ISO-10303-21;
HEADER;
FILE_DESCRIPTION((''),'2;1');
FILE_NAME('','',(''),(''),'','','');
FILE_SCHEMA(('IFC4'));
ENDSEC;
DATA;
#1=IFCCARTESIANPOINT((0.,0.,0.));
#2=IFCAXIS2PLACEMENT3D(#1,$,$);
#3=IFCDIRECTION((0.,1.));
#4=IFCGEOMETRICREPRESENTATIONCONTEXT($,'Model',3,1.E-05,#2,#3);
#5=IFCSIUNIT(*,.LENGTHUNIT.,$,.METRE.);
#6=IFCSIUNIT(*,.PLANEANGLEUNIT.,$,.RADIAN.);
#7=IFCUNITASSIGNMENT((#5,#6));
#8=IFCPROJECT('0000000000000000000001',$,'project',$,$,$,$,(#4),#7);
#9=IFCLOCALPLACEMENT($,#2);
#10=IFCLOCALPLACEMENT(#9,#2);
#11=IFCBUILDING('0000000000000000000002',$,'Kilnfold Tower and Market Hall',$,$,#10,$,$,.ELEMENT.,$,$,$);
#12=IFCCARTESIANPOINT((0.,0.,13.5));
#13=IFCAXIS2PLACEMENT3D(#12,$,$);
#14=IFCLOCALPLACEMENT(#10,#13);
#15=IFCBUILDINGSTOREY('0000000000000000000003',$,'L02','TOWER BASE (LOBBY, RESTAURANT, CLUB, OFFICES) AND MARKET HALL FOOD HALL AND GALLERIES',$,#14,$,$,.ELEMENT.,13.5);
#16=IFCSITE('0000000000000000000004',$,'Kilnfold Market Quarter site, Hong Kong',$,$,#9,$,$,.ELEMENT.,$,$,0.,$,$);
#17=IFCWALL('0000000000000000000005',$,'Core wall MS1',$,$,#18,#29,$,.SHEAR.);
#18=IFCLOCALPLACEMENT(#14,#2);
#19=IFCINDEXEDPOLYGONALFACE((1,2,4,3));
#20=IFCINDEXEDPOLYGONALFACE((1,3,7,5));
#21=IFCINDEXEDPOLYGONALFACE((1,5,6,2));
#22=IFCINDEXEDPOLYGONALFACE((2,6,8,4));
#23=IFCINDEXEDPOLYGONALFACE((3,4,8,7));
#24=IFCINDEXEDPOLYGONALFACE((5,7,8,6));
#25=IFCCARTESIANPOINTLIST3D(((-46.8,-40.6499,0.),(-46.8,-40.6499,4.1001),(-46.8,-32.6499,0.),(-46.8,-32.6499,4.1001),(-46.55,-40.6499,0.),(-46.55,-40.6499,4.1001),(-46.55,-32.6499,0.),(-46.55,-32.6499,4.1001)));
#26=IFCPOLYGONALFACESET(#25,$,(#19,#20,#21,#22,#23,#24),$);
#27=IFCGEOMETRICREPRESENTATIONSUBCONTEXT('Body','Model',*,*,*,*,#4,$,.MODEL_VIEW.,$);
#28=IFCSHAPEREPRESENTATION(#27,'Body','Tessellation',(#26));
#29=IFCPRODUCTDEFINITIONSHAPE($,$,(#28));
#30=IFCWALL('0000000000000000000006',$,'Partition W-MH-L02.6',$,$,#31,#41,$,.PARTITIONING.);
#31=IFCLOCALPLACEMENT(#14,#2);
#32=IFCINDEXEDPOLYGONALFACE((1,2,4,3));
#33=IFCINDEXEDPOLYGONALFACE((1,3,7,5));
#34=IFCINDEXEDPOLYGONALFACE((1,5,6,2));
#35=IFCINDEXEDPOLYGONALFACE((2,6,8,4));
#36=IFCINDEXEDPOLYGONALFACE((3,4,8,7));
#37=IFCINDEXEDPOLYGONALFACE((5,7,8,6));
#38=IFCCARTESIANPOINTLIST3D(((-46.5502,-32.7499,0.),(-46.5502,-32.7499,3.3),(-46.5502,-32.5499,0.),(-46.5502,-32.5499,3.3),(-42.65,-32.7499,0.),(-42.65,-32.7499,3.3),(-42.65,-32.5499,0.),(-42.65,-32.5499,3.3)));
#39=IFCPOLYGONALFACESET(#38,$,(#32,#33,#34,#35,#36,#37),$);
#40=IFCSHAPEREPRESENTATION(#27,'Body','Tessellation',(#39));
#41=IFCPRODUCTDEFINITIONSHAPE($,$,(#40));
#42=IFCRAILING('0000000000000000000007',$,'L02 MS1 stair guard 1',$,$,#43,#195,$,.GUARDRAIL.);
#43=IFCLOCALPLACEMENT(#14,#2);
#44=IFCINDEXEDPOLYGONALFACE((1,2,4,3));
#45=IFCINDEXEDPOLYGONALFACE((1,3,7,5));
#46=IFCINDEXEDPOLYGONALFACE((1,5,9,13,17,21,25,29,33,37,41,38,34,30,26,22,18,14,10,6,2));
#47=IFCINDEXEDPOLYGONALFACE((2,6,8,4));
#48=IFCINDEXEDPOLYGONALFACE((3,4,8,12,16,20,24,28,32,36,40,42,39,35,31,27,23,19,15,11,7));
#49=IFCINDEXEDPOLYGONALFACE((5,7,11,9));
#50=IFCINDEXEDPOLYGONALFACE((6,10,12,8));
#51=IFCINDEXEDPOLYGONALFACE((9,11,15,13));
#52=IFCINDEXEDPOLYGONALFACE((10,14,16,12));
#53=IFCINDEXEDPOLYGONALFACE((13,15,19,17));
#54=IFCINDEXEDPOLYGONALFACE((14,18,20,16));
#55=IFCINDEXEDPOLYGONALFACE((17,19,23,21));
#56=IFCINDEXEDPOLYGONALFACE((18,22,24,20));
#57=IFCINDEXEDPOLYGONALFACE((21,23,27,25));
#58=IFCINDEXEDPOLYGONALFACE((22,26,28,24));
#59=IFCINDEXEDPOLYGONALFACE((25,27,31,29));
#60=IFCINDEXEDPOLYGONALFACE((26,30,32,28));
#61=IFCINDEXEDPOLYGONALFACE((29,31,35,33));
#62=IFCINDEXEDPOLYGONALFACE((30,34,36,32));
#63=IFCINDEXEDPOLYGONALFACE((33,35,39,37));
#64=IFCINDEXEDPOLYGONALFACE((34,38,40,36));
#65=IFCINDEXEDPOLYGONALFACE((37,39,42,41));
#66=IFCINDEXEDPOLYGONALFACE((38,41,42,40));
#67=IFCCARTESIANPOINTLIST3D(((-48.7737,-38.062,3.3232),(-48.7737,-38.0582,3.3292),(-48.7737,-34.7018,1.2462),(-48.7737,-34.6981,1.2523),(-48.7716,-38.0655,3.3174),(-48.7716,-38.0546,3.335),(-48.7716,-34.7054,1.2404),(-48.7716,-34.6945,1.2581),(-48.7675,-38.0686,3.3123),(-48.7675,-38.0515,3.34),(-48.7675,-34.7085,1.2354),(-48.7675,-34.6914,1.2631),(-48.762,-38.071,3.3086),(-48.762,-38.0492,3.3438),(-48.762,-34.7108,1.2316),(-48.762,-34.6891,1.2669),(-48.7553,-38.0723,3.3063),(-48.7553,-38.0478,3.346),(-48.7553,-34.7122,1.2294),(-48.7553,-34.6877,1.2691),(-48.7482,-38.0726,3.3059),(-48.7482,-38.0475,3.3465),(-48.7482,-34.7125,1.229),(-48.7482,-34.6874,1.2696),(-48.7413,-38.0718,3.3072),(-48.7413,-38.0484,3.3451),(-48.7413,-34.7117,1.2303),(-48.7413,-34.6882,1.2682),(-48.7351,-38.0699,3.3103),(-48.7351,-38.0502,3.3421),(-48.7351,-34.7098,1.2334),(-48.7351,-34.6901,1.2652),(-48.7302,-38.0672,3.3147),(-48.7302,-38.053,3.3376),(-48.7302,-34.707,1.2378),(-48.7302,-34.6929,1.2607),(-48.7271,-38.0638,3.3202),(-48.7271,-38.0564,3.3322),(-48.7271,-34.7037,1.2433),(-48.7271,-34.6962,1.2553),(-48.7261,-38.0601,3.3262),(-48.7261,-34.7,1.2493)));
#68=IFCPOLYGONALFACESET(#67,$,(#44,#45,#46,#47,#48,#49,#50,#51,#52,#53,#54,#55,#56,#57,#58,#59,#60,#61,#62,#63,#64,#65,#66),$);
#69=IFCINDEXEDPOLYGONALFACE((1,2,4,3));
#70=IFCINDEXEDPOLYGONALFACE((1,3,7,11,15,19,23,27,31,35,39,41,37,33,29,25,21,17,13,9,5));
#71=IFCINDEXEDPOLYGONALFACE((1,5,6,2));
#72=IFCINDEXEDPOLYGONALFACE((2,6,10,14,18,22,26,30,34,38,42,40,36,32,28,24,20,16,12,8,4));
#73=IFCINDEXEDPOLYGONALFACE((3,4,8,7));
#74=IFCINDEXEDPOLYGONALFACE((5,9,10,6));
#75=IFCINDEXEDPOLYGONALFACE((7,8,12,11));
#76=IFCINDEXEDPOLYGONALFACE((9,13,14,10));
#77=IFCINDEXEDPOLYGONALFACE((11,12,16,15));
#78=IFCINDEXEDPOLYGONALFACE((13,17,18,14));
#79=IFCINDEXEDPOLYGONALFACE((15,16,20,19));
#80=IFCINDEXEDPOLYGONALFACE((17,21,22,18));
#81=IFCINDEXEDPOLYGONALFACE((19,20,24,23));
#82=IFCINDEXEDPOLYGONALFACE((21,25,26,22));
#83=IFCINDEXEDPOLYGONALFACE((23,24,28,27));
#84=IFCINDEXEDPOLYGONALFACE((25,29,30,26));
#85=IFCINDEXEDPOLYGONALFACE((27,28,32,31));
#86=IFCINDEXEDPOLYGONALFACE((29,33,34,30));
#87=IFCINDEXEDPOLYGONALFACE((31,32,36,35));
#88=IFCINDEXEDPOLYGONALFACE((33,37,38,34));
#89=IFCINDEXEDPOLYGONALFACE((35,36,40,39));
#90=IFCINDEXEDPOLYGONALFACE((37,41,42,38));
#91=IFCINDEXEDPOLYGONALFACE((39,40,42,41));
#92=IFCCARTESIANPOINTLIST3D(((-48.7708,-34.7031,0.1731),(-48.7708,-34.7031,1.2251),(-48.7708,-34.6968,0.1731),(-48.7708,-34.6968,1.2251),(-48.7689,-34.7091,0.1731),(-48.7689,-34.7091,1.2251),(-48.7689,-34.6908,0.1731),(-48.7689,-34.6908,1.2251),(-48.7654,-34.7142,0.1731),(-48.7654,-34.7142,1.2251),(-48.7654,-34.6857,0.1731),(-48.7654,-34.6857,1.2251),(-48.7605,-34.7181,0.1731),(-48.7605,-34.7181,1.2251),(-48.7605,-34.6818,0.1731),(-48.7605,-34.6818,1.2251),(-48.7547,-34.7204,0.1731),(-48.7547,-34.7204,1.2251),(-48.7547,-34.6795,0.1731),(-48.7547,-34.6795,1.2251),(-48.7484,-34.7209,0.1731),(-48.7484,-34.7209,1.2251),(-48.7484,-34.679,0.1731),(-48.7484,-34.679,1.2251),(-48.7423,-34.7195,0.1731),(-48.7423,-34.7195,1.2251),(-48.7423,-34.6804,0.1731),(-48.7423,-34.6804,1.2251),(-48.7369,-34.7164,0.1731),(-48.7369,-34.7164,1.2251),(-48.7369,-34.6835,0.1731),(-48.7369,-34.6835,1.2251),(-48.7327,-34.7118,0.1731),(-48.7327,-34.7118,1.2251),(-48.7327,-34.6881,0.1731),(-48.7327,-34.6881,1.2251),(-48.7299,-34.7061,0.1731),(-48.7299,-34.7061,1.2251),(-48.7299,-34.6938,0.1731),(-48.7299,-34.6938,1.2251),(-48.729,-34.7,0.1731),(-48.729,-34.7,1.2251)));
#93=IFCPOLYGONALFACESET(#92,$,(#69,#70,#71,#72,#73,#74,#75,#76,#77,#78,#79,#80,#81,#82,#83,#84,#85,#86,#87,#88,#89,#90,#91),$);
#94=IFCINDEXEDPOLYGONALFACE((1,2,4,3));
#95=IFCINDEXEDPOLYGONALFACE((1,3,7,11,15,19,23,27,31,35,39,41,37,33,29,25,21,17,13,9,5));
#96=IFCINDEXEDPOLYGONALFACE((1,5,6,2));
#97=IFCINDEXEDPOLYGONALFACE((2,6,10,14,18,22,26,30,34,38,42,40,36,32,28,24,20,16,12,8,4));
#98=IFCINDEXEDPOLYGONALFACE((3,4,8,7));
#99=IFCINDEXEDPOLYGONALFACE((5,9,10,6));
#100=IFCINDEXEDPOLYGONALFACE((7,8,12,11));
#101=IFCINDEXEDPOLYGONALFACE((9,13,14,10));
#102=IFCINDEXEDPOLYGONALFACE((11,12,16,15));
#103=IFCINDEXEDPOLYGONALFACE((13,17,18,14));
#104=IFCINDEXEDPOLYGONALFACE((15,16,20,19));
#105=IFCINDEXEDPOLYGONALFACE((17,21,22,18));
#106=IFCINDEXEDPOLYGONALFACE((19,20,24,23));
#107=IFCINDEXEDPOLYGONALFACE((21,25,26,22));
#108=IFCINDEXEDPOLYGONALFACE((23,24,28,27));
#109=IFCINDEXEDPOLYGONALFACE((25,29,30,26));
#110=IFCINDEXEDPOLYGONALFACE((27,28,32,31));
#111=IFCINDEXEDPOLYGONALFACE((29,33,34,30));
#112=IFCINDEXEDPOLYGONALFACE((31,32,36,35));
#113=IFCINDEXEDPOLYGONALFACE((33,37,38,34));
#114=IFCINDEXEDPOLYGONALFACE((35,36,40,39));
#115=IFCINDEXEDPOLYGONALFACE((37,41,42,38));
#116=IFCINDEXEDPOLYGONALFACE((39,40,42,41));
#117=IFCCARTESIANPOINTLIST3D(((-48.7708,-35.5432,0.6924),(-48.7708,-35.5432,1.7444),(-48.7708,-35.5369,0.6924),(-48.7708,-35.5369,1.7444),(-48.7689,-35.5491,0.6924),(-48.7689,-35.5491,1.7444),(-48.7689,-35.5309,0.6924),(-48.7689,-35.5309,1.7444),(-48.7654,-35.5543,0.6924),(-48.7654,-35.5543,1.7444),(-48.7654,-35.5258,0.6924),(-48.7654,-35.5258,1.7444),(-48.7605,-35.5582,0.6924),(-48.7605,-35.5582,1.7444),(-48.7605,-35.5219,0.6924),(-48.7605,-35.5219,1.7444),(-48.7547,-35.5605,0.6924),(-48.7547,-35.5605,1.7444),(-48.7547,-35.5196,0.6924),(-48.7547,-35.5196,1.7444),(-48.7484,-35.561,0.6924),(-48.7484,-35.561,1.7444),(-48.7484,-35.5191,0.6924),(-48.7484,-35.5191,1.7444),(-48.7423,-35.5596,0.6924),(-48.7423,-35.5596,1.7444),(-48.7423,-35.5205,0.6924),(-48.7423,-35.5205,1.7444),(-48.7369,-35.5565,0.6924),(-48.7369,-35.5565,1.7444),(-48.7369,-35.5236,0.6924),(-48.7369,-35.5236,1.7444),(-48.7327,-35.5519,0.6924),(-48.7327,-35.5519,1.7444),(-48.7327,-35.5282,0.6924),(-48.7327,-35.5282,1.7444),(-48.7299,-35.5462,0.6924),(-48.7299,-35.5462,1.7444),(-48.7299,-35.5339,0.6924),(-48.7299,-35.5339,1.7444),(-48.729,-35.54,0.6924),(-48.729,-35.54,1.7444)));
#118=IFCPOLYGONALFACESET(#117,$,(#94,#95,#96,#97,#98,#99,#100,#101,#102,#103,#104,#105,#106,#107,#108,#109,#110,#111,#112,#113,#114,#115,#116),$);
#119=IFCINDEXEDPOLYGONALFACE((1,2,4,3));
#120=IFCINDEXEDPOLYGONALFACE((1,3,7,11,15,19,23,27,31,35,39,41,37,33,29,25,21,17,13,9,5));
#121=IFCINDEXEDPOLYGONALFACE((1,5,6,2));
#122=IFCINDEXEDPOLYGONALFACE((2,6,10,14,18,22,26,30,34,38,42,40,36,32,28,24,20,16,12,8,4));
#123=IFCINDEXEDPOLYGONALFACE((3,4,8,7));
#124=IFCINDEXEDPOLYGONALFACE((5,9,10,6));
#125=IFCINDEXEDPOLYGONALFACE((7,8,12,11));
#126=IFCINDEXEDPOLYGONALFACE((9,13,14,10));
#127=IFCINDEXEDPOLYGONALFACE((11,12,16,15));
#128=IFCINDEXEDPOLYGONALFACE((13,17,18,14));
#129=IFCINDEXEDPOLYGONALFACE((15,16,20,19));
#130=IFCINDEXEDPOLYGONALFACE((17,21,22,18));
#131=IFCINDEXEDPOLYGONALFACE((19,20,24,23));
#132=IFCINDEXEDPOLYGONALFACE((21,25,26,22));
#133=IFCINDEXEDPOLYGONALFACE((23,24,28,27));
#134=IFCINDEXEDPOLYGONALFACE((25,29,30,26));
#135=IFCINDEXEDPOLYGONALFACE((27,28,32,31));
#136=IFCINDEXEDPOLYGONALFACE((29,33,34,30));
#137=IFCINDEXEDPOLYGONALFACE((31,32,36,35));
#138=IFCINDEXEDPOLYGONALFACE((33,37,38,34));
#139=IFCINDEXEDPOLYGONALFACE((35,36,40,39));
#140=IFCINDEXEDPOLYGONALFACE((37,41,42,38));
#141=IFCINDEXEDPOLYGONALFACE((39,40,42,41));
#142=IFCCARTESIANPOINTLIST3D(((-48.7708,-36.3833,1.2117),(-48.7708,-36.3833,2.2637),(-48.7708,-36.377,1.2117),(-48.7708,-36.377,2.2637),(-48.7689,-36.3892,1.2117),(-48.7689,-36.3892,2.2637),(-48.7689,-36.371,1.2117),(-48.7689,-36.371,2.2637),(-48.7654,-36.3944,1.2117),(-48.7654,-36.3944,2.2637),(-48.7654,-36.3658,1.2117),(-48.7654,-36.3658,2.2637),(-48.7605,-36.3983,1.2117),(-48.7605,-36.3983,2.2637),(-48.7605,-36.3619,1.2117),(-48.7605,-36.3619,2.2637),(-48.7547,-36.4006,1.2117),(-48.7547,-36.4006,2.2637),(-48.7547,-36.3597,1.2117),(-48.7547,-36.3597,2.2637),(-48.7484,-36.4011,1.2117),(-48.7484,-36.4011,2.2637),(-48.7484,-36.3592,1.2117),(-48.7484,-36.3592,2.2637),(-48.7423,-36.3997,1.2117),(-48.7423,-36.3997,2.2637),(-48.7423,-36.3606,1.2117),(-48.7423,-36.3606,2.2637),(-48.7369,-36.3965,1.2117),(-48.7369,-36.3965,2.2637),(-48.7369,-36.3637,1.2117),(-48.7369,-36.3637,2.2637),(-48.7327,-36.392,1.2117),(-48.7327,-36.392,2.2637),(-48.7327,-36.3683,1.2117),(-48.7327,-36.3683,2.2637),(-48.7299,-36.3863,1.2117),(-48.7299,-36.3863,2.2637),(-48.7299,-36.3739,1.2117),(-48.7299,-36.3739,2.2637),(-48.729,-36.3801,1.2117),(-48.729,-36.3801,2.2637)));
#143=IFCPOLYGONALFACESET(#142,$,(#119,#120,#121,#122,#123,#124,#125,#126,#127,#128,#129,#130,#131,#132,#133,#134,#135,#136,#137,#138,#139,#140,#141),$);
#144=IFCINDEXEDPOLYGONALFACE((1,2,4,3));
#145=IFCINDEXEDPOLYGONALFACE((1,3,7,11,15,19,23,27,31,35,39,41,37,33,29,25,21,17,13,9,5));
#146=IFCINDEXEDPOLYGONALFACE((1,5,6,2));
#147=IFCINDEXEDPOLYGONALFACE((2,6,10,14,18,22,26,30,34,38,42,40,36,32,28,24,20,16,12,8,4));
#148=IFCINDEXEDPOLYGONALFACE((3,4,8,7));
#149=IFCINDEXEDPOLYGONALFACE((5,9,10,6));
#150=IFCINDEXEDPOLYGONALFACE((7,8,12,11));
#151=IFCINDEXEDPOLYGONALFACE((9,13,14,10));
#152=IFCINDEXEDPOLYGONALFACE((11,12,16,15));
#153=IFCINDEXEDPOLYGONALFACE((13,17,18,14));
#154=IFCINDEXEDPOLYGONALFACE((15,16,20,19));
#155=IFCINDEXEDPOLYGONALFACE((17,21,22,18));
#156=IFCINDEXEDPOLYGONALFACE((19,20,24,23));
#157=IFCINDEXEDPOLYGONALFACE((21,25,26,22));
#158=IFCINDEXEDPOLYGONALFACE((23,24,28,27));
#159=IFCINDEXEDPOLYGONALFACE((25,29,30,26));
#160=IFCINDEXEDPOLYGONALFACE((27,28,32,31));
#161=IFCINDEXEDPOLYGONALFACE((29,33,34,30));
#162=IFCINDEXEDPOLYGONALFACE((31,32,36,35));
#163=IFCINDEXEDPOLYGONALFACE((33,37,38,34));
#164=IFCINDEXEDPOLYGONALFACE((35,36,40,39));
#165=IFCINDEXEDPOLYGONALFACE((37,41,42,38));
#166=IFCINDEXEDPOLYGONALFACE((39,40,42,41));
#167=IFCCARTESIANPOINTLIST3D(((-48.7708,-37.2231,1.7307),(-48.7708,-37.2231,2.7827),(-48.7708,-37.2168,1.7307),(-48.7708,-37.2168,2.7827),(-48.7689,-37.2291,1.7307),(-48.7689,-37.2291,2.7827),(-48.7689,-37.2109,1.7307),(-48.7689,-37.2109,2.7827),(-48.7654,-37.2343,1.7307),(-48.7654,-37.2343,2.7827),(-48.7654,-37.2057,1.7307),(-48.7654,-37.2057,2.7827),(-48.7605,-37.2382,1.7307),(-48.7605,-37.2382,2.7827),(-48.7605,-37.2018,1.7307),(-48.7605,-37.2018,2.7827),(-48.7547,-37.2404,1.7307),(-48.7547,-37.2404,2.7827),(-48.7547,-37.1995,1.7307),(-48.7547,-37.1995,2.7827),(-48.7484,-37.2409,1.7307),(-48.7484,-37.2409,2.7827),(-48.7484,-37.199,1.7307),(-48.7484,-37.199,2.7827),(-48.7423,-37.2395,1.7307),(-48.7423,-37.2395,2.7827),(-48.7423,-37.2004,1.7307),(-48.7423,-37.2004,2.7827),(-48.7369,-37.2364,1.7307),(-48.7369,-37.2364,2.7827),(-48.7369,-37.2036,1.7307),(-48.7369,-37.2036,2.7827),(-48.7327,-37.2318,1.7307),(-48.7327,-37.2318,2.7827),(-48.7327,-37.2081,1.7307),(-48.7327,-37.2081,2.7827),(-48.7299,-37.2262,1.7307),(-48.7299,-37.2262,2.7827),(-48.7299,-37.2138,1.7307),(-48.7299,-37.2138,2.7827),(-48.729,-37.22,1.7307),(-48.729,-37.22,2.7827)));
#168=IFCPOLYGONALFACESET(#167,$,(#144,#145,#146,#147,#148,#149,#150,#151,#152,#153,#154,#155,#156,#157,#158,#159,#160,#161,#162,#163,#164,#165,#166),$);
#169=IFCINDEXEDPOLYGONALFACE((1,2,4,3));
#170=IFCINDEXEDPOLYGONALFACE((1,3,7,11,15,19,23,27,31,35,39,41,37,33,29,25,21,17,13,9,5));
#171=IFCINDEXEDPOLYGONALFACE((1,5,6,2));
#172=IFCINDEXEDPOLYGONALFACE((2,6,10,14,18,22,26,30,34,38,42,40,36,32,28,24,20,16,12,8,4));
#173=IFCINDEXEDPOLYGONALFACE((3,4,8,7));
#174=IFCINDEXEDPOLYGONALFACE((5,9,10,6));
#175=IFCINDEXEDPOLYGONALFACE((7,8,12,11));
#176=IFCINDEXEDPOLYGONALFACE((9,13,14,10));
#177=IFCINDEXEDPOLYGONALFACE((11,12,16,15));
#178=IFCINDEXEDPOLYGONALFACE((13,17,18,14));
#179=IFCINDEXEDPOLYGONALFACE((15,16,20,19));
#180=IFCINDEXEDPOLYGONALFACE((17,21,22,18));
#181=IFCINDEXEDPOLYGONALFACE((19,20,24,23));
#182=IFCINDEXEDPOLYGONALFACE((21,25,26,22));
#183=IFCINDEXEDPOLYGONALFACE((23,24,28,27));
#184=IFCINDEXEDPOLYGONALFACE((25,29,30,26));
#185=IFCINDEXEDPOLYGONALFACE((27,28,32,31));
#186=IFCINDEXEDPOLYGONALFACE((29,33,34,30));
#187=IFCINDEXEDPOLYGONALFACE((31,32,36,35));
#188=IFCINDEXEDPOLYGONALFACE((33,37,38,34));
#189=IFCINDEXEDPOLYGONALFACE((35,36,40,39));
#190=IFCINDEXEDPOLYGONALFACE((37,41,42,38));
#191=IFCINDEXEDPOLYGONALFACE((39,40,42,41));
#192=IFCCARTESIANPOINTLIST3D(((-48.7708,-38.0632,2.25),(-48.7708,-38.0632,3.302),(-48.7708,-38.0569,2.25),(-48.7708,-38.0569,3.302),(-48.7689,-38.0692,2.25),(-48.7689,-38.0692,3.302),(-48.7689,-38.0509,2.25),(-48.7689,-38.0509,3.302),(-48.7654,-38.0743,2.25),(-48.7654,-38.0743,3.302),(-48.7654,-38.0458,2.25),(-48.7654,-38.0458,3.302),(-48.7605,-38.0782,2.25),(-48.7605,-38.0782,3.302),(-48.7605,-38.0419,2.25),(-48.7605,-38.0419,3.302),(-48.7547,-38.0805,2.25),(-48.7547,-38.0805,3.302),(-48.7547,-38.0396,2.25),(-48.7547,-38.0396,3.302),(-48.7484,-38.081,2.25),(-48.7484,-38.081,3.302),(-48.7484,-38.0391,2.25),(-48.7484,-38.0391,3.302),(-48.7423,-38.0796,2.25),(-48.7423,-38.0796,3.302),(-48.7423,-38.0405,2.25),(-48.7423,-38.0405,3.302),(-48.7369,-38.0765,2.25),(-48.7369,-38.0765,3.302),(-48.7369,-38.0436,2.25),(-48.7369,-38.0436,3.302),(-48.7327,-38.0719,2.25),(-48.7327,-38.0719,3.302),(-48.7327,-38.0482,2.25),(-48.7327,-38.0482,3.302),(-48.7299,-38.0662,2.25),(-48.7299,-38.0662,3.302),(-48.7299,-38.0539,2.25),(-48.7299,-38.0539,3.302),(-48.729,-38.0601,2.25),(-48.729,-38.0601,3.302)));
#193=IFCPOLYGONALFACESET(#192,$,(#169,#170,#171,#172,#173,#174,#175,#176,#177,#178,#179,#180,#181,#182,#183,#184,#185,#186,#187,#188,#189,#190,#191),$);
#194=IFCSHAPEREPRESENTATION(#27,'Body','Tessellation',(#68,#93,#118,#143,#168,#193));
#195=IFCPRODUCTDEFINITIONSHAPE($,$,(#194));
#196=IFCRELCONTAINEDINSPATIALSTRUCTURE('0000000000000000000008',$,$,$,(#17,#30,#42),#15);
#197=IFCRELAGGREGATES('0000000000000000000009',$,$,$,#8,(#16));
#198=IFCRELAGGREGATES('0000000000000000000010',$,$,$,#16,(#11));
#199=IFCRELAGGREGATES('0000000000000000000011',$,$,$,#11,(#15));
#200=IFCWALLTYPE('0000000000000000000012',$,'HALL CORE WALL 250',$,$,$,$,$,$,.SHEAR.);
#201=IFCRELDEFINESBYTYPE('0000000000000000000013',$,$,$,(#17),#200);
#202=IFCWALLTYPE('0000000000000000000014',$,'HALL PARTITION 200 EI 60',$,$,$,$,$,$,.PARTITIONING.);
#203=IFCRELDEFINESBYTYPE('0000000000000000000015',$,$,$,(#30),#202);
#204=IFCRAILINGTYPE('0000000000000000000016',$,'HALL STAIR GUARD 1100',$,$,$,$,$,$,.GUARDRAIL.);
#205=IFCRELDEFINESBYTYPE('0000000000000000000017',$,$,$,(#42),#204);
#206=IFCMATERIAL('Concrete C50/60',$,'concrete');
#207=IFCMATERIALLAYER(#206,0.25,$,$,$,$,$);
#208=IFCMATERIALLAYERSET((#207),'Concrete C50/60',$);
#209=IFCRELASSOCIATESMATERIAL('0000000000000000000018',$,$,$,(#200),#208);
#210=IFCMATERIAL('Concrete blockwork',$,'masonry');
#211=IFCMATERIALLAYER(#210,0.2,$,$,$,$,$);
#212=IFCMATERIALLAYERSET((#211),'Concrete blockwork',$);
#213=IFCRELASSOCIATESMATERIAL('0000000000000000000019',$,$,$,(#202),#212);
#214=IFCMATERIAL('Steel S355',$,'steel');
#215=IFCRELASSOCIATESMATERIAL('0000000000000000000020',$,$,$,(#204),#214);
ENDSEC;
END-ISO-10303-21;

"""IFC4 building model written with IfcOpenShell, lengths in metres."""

from ifc_helpers import new_model, si_unit, direction, frame, frame_2d, origin, origin_2d, place, context, subcontext, project, spatial, rectangle, circle, extrude, source, transform, mapped, material, layer, layer_set, type_object, element, save


model = new_model("IFC4")

# Units and contexts
model_context = context("Model", 3, precision=1e-05, world=origin(), true_north=direction((0.0, 1.0)))
body_context = subcontext(model_context, "Body", "Model", "MODEL_VIEW")
ifc_project = project(units=[si_unit("LENGTHUNIT", "METRE"), si_unit("PLANEANGLEUNIT", "RADIAN")], contexts=[model_context])

# Site, building, storey
site_placement = place(None, origin())
site = spatial("IfcSite", under=ifc_project, at=site_placement, Name="Kilnfold Market Quarter site, Hong Kong", CompositionType="ELEMENT", RefElevation=0.0)
building_placement = place(site_placement, origin())
building = spatial("IfcBuilding", under=site, at=building_placement, Name="Kilnfold Tower and Market Hall", CompositionType="ELEMENT")
storey_placement = place(building_placement, frame((0.0, 0.0, 13.5)))
storey = spatial("IfcBuildingStorey", under=building, at=storey_placement, Name="L02", Description="TOWER BASE (LOBBY, RESTAURANT, CLUB, OFFICES) AND MARKET HALL FOOD HALL AND GALLERIES", CompositionType="ELEMENT", Elevation=13.5)

# Shared definitions
ifc_material_1 = material(Name="Concrete C50/60", Category="concrete")
ifc_layer_1 = layer(ifc_material_1, 0.25)
ifc_layer_set_1 = layer_set([ifc_layer_1], Name="Concrete C50/60")
wall_type_1 = type_object("IfcWallType", Name="HALL CORE WALL 250", PredefinedType="SHEAR", material=ifc_layer_set_1)

# Wall
shared_shape_1 = source(origin(), body_context, "Body", "SweptSolid", [
    extrude(rectangle(XDim=8.0, YDim=0.25, at=frame_2d((4.0, 0.0))), origin(), (0.0, 0.0, 1.0), 4.1001),
])
for number, where, z_axis, x_axis, name in (
    (1, (-46.675, -40.6499, 0.0), (0.0, 0.0, 1.0), (0.0, 1.0, 0.0), "Core wall MS1"),
):
    element("IfcWall", number, at=place(storey_placement, frame(where, z_axis=z_axis, x_axis=x_axis)), inside=storey, type_object=wall_type_1, Name=name, PredefinedType="SHEAR", context=body_context, shape_type="MappedRepresentation", body=[
        mapped(shared_shape_1, transform((0.0, 0.0, 0.0))),
    ])

# Shared definitions
ifc_material_2 = material(Name="Concrete blockwork", Category="masonry")
ifc_layer_2 = layer(ifc_material_2, 0.2)
ifc_layer_set_2 = layer_set([ifc_layer_2], Name="Concrete blockwork")
wall_type_2 = type_object("IfcWallType", Name="HALL PARTITION 200 EI 60", PredefinedType="PARTITIONING", material=ifc_layer_set_2)

# Wall
shared_shape_2 = source(origin(), body_context, "Body", "SweptSolid", [
    extrude(rectangle(XDim=3.9001, YDim=0.2, at=frame_2d((1.9502, 0.0))), origin(), (0.0, 0.0, 1.0), 3.3),
])
wall_1_placement = place(storey_placement, frame((-42.6499, -32.6499, 0.0), z_axis=(0.0, 0.0, 1.0), x_axis=(-1.0, 0.0, 0.0)))
element("IfcWall", 2, at=wall_1_placement, inside=storey, type_object=wall_type_2, Name="Partition W-MH-L02.6", PredefinedType="PARTITIONING", context=body_context, shape_type="MappedRepresentation", body=[
    mapped(shared_shape_2, transform((0.0, 0.0, 0.0))),
])

# Railing
ifc_material_3 = material(Name="Steel S355", Category="steel")
railing_type_1 = type_object("IfcRailingType", Name="HALL STAIR GUARD 1100", PredefinedType="GUARDRAIL", material=ifc_material_3)
railing_1_placement = place(storey_placement, frame((-48.75, -34.7, 0.1731)))
element("IfcRailing", 3, at=railing_1_placement, inside=storey, type_object=railing_type_1, Name="L02 MS1 stair guard 1", PredefinedType="GUARDRAIL", context=body_context, shape_type="SweptSolid", body=[
    extrude(circle(Radius=0.0239, at=origin_2d()), frame((0.0, 0.0, 1.0762), z_axis=(0.0, -0.850623, 0.525776), x_axis=(1.0, 0.0, 0.0)), (0.0, 0.0, 1.0), 3.9502),
    extrude(circle(Radius=0.021, at=origin_2d()), origin(), (0.0, 0.0, 1.0), 1.052),
    extrude(circle(Radius=0.021, at=origin_2d()), frame((0.0, -0.8401, 0.5193)), (0.0, 0.0, 1.0), 1.052),
    extrude(circle(Radius=0.021, at=origin_2d()), frame((0.0, -1.6802, 1.0386)), (0.0, 0.0, 1.0), 1.052),
    extrude(circle(Radius=0.021, at=origin_2d()), frame((0.0, -2.52, 1.5576)), (0.0, 0.0, 1.0), 1.052),
    extrude(circle(Radius=0.021, at=origin_2d()), frame((0.0, -3.3601, 2.0769)), (0.0, 0.0, 1.0), 1.052),
])

save(model, "model.ifc")
